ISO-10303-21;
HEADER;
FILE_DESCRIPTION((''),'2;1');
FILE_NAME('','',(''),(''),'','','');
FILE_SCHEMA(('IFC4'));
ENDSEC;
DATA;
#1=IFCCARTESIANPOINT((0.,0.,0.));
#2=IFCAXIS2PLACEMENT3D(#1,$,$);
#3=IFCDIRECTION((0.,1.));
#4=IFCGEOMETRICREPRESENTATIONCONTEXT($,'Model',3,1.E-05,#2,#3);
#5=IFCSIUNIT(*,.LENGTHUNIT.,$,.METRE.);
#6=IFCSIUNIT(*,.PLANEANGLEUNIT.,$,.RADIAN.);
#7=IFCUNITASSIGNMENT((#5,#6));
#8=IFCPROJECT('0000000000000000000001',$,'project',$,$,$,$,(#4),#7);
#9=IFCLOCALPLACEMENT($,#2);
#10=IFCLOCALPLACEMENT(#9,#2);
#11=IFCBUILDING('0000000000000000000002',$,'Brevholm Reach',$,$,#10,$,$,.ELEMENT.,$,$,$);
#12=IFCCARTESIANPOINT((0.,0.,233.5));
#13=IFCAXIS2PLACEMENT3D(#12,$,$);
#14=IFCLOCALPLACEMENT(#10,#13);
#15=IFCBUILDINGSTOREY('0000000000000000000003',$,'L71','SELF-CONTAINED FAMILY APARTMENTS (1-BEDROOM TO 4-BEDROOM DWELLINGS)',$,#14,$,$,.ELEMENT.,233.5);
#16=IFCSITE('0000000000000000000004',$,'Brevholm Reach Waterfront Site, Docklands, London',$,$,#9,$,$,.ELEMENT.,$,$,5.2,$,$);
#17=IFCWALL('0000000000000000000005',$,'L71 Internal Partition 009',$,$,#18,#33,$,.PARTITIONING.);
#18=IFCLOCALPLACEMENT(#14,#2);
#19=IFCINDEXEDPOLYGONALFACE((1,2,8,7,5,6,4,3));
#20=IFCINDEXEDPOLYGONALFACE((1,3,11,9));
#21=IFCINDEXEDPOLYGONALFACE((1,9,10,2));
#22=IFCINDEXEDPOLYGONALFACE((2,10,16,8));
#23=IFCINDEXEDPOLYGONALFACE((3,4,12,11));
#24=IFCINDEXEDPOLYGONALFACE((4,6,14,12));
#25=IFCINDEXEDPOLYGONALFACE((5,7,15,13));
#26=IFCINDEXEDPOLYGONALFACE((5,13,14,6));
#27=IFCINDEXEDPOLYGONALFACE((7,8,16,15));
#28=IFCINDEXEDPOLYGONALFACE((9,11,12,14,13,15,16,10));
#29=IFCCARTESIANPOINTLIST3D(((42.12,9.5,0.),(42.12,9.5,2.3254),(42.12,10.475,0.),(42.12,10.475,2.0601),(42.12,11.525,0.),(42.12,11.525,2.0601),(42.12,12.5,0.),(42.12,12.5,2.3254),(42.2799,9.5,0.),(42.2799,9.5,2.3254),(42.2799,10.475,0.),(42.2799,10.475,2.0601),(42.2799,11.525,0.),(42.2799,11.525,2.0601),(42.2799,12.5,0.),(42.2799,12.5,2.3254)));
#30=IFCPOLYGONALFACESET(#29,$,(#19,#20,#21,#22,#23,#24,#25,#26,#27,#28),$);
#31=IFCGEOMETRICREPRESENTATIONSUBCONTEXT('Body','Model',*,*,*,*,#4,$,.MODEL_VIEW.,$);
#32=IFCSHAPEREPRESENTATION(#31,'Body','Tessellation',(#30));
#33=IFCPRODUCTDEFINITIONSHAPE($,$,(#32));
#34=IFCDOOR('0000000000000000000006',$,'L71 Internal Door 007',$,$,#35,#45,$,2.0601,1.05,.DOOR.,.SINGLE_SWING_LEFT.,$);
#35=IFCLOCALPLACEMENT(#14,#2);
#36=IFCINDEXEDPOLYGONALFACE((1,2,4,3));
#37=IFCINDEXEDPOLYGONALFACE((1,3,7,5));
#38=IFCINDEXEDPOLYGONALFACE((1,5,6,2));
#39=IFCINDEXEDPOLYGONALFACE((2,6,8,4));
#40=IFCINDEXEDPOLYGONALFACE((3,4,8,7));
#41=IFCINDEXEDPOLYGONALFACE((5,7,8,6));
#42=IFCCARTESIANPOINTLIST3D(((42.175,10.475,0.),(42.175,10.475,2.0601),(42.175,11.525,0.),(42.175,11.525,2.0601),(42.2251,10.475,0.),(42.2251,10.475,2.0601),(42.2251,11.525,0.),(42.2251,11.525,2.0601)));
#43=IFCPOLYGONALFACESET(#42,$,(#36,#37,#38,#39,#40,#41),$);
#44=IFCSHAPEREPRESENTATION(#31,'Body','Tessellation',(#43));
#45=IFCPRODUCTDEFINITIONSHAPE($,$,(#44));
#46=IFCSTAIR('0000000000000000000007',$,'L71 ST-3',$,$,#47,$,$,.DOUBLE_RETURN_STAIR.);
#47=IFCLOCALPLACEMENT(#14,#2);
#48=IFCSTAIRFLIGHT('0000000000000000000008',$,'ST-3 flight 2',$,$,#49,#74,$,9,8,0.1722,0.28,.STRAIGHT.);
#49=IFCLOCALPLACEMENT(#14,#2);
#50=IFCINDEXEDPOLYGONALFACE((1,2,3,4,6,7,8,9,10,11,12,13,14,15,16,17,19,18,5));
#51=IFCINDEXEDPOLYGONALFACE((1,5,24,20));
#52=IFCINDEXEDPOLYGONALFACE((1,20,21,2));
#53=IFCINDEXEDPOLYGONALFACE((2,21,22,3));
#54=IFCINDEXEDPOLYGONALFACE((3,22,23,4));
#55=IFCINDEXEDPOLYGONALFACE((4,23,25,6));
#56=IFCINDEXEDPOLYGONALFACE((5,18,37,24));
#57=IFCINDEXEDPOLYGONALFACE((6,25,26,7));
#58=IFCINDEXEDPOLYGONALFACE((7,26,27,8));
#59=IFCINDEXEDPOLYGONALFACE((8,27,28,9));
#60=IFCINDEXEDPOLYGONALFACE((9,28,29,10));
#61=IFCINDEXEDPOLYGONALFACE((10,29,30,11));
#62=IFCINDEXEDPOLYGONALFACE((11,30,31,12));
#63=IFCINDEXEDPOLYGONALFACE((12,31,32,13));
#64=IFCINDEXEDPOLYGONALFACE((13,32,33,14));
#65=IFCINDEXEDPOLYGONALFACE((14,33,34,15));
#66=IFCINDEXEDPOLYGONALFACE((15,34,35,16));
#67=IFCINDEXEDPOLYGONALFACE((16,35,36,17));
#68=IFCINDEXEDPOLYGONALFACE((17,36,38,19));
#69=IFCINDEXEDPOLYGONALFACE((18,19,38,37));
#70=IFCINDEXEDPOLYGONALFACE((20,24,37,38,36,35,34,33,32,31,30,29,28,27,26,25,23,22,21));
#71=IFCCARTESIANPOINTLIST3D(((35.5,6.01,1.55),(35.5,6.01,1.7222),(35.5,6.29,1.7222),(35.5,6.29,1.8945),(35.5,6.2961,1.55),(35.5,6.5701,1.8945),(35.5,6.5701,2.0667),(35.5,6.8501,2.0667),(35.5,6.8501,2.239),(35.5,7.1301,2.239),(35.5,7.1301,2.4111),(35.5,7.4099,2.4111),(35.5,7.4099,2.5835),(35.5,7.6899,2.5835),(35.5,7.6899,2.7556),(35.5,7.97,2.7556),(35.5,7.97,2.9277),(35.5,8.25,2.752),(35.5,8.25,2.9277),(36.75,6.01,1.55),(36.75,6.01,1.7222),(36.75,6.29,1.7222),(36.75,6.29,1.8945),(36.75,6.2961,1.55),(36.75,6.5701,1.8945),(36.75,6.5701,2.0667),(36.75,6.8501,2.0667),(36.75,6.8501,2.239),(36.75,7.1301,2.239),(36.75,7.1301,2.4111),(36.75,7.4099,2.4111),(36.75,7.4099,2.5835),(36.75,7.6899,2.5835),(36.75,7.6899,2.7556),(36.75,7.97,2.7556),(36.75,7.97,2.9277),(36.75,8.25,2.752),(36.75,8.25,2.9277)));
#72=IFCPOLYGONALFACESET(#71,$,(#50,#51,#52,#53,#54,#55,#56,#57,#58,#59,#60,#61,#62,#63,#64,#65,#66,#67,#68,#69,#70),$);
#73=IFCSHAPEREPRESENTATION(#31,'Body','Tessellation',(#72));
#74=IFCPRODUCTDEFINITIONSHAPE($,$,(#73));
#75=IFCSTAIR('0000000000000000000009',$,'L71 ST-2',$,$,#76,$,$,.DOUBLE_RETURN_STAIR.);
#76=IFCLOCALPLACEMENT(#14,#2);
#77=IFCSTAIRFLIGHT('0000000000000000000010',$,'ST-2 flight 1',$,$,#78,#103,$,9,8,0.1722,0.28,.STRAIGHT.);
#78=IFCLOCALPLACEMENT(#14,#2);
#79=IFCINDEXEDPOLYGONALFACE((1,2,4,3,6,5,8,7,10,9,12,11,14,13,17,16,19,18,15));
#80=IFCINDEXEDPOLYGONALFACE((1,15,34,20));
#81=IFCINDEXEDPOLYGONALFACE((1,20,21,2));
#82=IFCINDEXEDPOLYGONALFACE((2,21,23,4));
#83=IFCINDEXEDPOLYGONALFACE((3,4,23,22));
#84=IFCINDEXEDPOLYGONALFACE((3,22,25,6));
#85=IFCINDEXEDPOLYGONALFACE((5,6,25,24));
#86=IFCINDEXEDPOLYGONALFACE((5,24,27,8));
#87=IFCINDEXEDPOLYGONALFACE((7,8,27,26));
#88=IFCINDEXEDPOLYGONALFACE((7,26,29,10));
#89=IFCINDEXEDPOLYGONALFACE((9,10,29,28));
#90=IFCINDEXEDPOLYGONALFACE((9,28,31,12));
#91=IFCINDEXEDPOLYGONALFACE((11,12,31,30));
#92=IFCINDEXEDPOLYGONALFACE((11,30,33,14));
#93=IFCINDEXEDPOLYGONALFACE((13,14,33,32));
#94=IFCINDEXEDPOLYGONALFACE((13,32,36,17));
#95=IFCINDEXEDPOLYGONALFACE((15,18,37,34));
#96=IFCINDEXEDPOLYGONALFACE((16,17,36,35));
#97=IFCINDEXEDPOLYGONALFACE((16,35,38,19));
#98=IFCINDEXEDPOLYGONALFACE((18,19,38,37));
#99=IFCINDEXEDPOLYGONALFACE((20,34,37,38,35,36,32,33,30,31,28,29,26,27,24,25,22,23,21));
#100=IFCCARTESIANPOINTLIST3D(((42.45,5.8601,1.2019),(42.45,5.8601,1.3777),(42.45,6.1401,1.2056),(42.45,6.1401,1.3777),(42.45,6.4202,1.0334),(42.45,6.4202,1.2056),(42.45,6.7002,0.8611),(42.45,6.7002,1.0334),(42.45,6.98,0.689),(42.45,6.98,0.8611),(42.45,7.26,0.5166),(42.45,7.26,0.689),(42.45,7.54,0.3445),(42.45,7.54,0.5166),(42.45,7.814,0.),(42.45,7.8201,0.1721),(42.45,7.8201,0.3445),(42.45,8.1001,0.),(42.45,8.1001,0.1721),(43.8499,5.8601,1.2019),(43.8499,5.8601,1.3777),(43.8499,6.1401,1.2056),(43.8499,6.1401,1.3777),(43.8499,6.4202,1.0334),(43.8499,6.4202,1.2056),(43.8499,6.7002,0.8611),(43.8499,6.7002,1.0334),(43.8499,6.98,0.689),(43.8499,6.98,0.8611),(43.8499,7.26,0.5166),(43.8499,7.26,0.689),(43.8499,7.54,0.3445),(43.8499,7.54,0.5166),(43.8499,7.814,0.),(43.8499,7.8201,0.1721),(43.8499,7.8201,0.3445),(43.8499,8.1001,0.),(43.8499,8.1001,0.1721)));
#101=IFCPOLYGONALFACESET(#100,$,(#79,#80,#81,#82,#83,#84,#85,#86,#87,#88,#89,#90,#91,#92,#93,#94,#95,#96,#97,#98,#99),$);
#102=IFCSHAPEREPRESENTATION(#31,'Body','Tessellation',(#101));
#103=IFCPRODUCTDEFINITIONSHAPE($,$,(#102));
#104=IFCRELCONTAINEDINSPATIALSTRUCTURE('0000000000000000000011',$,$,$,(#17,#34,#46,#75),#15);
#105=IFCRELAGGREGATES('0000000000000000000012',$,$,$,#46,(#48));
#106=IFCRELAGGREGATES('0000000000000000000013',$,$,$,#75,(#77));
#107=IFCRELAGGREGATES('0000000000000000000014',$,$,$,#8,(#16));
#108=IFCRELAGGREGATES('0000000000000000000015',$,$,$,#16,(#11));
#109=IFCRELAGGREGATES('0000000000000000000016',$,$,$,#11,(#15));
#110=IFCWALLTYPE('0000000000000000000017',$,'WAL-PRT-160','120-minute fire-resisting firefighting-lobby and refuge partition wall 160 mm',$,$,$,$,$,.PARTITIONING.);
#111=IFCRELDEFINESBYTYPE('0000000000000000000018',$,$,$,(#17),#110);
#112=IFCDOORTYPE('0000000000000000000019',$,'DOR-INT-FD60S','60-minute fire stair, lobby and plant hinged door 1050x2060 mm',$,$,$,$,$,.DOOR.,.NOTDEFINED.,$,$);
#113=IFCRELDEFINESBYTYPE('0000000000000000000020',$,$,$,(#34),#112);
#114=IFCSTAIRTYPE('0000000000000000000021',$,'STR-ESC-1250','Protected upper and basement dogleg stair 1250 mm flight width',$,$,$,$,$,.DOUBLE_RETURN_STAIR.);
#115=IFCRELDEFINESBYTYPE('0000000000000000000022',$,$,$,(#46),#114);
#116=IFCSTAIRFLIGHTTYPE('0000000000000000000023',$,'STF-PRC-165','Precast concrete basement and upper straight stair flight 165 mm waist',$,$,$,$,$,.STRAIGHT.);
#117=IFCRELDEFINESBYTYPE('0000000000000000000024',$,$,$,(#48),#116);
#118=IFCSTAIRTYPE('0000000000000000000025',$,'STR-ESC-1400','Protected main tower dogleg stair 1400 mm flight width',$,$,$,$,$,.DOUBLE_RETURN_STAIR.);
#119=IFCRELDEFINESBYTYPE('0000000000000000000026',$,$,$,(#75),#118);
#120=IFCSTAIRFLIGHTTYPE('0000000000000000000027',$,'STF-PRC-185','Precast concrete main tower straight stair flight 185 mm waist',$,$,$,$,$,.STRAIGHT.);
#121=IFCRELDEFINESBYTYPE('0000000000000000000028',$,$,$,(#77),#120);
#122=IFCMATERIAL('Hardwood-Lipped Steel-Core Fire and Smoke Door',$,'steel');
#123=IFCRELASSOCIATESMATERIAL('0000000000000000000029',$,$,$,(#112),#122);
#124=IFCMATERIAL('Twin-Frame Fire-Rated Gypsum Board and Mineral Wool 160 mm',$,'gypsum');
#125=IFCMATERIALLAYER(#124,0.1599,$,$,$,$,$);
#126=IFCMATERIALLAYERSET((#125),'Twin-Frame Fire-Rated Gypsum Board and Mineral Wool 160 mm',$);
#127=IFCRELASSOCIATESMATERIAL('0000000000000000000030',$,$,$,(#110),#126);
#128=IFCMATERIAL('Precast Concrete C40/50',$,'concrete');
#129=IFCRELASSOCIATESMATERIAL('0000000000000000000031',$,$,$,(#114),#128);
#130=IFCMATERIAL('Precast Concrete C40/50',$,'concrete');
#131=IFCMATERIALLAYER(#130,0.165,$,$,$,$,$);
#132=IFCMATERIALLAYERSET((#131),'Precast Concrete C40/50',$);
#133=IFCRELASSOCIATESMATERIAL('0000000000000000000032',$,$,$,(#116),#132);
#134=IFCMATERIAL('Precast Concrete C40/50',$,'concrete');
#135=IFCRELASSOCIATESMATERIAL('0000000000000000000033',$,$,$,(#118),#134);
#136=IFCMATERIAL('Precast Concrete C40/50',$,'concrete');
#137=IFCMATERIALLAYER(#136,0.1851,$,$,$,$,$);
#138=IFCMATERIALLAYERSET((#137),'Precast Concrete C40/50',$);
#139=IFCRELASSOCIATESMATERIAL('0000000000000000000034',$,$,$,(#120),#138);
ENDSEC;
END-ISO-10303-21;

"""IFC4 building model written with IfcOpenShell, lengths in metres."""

from ifc_helpers import new_model, si_unit, direction, frame, frame_2d, origin, place, context, subcontext, project, spatial, polyline, rectangle, outline, extrude, material, layer, layer_set, type_object, element, fill, aggregate, save


model = new_model("IFC4")

# Units and contexts
model_context = context("Model", 3, precision=1e-05, world=origin(), true_north=direction((0.0, 1.0)))
body_context = subcontext(model_context, "Body", "Model", "MODEL_VIEW")
ifc_project = project(units=[si_unit("LENGTHUNIT", "METRE"), si_unit("PLANEANGLEUNIT", "RADIAN")], contexts=[model_context])

# Site, building, storey
site_placement = place(None, origin())
site = spatial("IfcSite", under=ifc_project, at=site_placement, Name="Brevholm Reach Waterfront Site, Docklands, London", CompositionType="ELEMENT", RefElevation=5.2)
building_placement = place(site_placement, origin())
building = spatial("IfcBuilding", under=site, at=building_placement, Name="Brevholm Reach", CompositionType="ELEMENT")
storey_placement = place(building_placement, frame((0.0, 0.0, 233.5)))
storey = spatial("IfcBuildingStorey", under=building, at=storey_placement, Name="L71", Description="SELF-CONTAINED FAMILY APARTMENTS (1-BEDROOM TO 4-BEDROOM DWELLINGS)", CompositionType="ELEMENT", Elevation=233.5)

# Shared definitions
ifc_material_1 = material(Name="Hardwood-Lipped Steel-Core Fire and Smoke Door", Category="steel")
door_type_1 = type_object("IfcDoorType", Name="DOR-INT-FD60S", Description="60-minute fire stair, lobby and plant hinged door 1050x2060 mm", OperationType="NOTDEFINED", PredefinedType="DOOR", material=ifc_material_1)

# Wall, opening, door
ifc_material_2 = material(Name="Twin-Frame Fire-Rated Gypsum Board and Mineral Wool 160 mm", Category="gypsum")
ifc_layer_1 = layer(ifc_material_2, 0.1599)
ifc_layer_set_1 = layer_set([ifc_layer_1], Name="Twin-Frame Fire-Rated Gypsum Board and Mineral Wool 160 mm")
wall_type_1 = type_object("IfcWallType", Name="WAL-PRT-160", Description="120-minute fire-resisting firefighting-lobby and refuge partition wall 160 mm", PredefinedType="PARTITIONING", material=ifc_layer_set_1)
wall_1_placement = place(storey_placement, frame((42.2, 9.5, 0.0), z_axis=(0.0, 0.0, 1.0), x_axis=(0.0, 1.0, 0.0)))
wall_1 = element("IfcWall", 1, at=wall_1_placement, inside=storey, type_object=wall_type_1, Name="L71 Internal Partition 009", PredefinedType="PARTITIONING", context=body_context, shape_type="SweptSolid", body=[
    extrude(rectangle(XDim=3.0, YDim=0.1599, at=frame_2d((1.5, 0.0))), origin(), (0.0, 0.0, 1.0), 2.3254),
])
opening_1_placement = place(wall_1_placement, frame((0.9751, 0.0, 0.0)))
opening_1 = element("IfcOpeningElement", 2, at=opening_1_placement, cuts=wall_1, PredefinedType="OPENING", context=body_context, shape_type="SweptSolid", body=[
    extrude(rectangle(XDim=1.05, YDim=2.0601, at=frame_2d((0.5249, 1.03))), frame((0.0, 0.0898, 0.0), z_axis=(0.0, -1.0, 0.0), x_axis=(1.0, 0.0, 0.0)), (0.0, 0.0, 1.0), 0.1799),
])
door_1_placement = place(opening_1_placement, origin())
door_1 = element("IfcDoor", 3, at=door_1_placement, inside=storey, type_object=door_type_1, Name="L71 Internal Door 007", OperationType="SINGLE_SWING_LEFT", OverallHeight=2.0601, OverallWidth=1.05, PredefinedType="DOOR", context=body_context, shape_type="SweptSolid", body=[
    extrude(rectangle(XDim=1.05, YDim=2.0601, at=frame_2d((0.5249, 1.03))), frame((0.0, 0.0249, 0.0), z_axis=(0.0, -1.0, 0.0), x_axis=(1.0, 0.0, 0.0)), (0.0, 0.0, 1.0), 0.05),
])
fill(opening_1, door_1)

# Stairs, stair flights
ifc_material_3 = material(Name="Precast Concrete C40/50", Category="concrete")
stair_type_1 = type_object("IfcStairType", Name="STR-ESC-1250", Description="Protected upper and basement dogleg stair 1250 mm flight width", PredefinedType="DOUBLE_RETURN_STAIR", material=ifc_material_3)
stair_1_placement = place(storey_placement, origin())
stair_1 = element("IfcStair", 4, at=stair_1_placement, inside=storey, type_object=stair_type_1, Name="L71 ST-3", PredefinedType="DOUBLE_RETURN_STAIR")
ifc_material_4 = material(Name="Precast Concrete C40/50", Category="concrete")
ifc_layer_2 = layer(ifc_material_4, 0.165)
ifc_layer_set_2 = layer_set([ifc_layer_2], Name="Precast Concrete C40/50")
stair_flight_type_1 = type_object("IfcStairFlightType", Name="STF-PRC-165", Description="Precast concrete basement and upper straight stair flight 165 mm waist", PredefinedType="STRAIGHT", material=ifc_layer_set_2)
stair_flight_1_placement = place(storey_placement, frame((36.125, 6.01, 1.55), z_axis=(0.0, 0.0, 1.0), x_axis=(0.0, 1.0, 0.0)))
stair_flight_1 = element("IfcStairFlight", 5, at=stair_flight_1_placement, type_object=stair_flight_type_1, Name="ST-3 flight 2", NumberOfRisers=9, NumberOfTreads=8, PredefinedType="STRAIGHT", RiserHeight=0.1722, TreadLength=0.28, context=body_context, shape_type="SweptSolid", body=[
    extrude(outline(polyline([(0.0, 0.0), (0.0, 0.1721), (0.28, 0.1721), (0.28, 0.3445), (0.5601, 0.3445), (0.5601, 0.5166), (0.8401, 0.5166), (0.8401, 0.689), (1.1201, 0.689), (1.1201, 0.8611), (1.3999, 0.8611), (1.3999, 1.0334), (1.6799, 1.0334), (1.6799, 1.2056), (1.96, 1.2056), (1.96, 1.3777), (2.24, 1.3777), (2.24, 1.55), (2.24, 1.2019), (0.2861, 0.0), (0.0, 0.0)])), frame((0.0, 0.625, 0.0), z_axis=(0.0, -1.0, 0.0), x_axis=(1.0, 0.0, 0.0)), (0.0, 0.0, 1.0), 1.25),
])
aggregate(stair_1, [stair_flight_1])
ifc_material_5 = material(Name="Precast Concrete C40/50", Category="concrete")
stair_type_2 = type_object("IfcStairType", Name="STR-ESC-1400", Description="Protected main tower dogleg stair 1400 mm flight width", PredefinedType="DOUBLE_RETURN_STAIR", material=ifc_material_5)
stair_2_placement = place(storey_placement, origin())
stair_2 = element("IfcStair", 6, at=stair_2_placement, inside=storey, type_object=stair_type_2, Name="L71 ST-2", PredefinedType="DOUBLE_RETURN_STAIR")
ifc_material_6 = material(Name="Precast Concrete C40/50", Category="concrete")
ifc_layer_3 = layer(ifc_material_6, 0.1851)
ifc_layer_set_3 = layer_set([ifc_layer_3], Name="Precast Concrete C40/50")
stair_flight_type_2 = type_object("IfcStairFlightType", Name="STF-PRC-185", Description="Precast concrete main tower straight stair flight 185 mm waist", PredefinedType="STRAIGHT", material=ifc_layer_set_3)
stair_flight_2_placement = place(storey_placement, frame((43.1499, 8.1001, 0.0), z_axis=(0.0, 0.0, 1.0), x_axis=(0.0, -1.0, 0.0)))
stair_flight_2 = element("IfcStairFlight", 7, at=stair_flight_2_placement, type_object=stair_flight_type_2, Name="ST-2 flight 1", NumberOfRisers=9, NumberOfTreads=8, PredefinedType="STRAIGHT", RiserHeight=0.1722, TreadLength=0.28, context=body_context, shape_type="SweptSolid", body=[
    extrude(outline(polyline([(0.0, 0.0), (0.0, 0.1721), (0.28, 0.1721), (0.28, 0.3445), (0.5601, 0.3445), (0.5601, 0.5166), (0.8401, 0.5166), (0.8401, 0.689), (1.1201, 0.689), (1.1201, 0.8611), (1.3999, 0.8611), (1.3999, 1.0334), (1.6799, 1.0334), (1.6799, 1.2056), (1.96, 1.2056), (1.96, 1.3777), (2.24, 1.3777), (2.24, 1.55), (2.24, 1.2019), (0.2861, 0.0), (0.0, 0.0)])), frame((0.0, 0.7, 0.0), z_axis=(0.0, -1.0, 0.0), x_axis=(1.0, 0.0, 0.0)), (0.0, 0.0, 1.0), 1.3999),
])
aggregate(stair_2, [stair_flight_2])

save(model, "model.ifc")
